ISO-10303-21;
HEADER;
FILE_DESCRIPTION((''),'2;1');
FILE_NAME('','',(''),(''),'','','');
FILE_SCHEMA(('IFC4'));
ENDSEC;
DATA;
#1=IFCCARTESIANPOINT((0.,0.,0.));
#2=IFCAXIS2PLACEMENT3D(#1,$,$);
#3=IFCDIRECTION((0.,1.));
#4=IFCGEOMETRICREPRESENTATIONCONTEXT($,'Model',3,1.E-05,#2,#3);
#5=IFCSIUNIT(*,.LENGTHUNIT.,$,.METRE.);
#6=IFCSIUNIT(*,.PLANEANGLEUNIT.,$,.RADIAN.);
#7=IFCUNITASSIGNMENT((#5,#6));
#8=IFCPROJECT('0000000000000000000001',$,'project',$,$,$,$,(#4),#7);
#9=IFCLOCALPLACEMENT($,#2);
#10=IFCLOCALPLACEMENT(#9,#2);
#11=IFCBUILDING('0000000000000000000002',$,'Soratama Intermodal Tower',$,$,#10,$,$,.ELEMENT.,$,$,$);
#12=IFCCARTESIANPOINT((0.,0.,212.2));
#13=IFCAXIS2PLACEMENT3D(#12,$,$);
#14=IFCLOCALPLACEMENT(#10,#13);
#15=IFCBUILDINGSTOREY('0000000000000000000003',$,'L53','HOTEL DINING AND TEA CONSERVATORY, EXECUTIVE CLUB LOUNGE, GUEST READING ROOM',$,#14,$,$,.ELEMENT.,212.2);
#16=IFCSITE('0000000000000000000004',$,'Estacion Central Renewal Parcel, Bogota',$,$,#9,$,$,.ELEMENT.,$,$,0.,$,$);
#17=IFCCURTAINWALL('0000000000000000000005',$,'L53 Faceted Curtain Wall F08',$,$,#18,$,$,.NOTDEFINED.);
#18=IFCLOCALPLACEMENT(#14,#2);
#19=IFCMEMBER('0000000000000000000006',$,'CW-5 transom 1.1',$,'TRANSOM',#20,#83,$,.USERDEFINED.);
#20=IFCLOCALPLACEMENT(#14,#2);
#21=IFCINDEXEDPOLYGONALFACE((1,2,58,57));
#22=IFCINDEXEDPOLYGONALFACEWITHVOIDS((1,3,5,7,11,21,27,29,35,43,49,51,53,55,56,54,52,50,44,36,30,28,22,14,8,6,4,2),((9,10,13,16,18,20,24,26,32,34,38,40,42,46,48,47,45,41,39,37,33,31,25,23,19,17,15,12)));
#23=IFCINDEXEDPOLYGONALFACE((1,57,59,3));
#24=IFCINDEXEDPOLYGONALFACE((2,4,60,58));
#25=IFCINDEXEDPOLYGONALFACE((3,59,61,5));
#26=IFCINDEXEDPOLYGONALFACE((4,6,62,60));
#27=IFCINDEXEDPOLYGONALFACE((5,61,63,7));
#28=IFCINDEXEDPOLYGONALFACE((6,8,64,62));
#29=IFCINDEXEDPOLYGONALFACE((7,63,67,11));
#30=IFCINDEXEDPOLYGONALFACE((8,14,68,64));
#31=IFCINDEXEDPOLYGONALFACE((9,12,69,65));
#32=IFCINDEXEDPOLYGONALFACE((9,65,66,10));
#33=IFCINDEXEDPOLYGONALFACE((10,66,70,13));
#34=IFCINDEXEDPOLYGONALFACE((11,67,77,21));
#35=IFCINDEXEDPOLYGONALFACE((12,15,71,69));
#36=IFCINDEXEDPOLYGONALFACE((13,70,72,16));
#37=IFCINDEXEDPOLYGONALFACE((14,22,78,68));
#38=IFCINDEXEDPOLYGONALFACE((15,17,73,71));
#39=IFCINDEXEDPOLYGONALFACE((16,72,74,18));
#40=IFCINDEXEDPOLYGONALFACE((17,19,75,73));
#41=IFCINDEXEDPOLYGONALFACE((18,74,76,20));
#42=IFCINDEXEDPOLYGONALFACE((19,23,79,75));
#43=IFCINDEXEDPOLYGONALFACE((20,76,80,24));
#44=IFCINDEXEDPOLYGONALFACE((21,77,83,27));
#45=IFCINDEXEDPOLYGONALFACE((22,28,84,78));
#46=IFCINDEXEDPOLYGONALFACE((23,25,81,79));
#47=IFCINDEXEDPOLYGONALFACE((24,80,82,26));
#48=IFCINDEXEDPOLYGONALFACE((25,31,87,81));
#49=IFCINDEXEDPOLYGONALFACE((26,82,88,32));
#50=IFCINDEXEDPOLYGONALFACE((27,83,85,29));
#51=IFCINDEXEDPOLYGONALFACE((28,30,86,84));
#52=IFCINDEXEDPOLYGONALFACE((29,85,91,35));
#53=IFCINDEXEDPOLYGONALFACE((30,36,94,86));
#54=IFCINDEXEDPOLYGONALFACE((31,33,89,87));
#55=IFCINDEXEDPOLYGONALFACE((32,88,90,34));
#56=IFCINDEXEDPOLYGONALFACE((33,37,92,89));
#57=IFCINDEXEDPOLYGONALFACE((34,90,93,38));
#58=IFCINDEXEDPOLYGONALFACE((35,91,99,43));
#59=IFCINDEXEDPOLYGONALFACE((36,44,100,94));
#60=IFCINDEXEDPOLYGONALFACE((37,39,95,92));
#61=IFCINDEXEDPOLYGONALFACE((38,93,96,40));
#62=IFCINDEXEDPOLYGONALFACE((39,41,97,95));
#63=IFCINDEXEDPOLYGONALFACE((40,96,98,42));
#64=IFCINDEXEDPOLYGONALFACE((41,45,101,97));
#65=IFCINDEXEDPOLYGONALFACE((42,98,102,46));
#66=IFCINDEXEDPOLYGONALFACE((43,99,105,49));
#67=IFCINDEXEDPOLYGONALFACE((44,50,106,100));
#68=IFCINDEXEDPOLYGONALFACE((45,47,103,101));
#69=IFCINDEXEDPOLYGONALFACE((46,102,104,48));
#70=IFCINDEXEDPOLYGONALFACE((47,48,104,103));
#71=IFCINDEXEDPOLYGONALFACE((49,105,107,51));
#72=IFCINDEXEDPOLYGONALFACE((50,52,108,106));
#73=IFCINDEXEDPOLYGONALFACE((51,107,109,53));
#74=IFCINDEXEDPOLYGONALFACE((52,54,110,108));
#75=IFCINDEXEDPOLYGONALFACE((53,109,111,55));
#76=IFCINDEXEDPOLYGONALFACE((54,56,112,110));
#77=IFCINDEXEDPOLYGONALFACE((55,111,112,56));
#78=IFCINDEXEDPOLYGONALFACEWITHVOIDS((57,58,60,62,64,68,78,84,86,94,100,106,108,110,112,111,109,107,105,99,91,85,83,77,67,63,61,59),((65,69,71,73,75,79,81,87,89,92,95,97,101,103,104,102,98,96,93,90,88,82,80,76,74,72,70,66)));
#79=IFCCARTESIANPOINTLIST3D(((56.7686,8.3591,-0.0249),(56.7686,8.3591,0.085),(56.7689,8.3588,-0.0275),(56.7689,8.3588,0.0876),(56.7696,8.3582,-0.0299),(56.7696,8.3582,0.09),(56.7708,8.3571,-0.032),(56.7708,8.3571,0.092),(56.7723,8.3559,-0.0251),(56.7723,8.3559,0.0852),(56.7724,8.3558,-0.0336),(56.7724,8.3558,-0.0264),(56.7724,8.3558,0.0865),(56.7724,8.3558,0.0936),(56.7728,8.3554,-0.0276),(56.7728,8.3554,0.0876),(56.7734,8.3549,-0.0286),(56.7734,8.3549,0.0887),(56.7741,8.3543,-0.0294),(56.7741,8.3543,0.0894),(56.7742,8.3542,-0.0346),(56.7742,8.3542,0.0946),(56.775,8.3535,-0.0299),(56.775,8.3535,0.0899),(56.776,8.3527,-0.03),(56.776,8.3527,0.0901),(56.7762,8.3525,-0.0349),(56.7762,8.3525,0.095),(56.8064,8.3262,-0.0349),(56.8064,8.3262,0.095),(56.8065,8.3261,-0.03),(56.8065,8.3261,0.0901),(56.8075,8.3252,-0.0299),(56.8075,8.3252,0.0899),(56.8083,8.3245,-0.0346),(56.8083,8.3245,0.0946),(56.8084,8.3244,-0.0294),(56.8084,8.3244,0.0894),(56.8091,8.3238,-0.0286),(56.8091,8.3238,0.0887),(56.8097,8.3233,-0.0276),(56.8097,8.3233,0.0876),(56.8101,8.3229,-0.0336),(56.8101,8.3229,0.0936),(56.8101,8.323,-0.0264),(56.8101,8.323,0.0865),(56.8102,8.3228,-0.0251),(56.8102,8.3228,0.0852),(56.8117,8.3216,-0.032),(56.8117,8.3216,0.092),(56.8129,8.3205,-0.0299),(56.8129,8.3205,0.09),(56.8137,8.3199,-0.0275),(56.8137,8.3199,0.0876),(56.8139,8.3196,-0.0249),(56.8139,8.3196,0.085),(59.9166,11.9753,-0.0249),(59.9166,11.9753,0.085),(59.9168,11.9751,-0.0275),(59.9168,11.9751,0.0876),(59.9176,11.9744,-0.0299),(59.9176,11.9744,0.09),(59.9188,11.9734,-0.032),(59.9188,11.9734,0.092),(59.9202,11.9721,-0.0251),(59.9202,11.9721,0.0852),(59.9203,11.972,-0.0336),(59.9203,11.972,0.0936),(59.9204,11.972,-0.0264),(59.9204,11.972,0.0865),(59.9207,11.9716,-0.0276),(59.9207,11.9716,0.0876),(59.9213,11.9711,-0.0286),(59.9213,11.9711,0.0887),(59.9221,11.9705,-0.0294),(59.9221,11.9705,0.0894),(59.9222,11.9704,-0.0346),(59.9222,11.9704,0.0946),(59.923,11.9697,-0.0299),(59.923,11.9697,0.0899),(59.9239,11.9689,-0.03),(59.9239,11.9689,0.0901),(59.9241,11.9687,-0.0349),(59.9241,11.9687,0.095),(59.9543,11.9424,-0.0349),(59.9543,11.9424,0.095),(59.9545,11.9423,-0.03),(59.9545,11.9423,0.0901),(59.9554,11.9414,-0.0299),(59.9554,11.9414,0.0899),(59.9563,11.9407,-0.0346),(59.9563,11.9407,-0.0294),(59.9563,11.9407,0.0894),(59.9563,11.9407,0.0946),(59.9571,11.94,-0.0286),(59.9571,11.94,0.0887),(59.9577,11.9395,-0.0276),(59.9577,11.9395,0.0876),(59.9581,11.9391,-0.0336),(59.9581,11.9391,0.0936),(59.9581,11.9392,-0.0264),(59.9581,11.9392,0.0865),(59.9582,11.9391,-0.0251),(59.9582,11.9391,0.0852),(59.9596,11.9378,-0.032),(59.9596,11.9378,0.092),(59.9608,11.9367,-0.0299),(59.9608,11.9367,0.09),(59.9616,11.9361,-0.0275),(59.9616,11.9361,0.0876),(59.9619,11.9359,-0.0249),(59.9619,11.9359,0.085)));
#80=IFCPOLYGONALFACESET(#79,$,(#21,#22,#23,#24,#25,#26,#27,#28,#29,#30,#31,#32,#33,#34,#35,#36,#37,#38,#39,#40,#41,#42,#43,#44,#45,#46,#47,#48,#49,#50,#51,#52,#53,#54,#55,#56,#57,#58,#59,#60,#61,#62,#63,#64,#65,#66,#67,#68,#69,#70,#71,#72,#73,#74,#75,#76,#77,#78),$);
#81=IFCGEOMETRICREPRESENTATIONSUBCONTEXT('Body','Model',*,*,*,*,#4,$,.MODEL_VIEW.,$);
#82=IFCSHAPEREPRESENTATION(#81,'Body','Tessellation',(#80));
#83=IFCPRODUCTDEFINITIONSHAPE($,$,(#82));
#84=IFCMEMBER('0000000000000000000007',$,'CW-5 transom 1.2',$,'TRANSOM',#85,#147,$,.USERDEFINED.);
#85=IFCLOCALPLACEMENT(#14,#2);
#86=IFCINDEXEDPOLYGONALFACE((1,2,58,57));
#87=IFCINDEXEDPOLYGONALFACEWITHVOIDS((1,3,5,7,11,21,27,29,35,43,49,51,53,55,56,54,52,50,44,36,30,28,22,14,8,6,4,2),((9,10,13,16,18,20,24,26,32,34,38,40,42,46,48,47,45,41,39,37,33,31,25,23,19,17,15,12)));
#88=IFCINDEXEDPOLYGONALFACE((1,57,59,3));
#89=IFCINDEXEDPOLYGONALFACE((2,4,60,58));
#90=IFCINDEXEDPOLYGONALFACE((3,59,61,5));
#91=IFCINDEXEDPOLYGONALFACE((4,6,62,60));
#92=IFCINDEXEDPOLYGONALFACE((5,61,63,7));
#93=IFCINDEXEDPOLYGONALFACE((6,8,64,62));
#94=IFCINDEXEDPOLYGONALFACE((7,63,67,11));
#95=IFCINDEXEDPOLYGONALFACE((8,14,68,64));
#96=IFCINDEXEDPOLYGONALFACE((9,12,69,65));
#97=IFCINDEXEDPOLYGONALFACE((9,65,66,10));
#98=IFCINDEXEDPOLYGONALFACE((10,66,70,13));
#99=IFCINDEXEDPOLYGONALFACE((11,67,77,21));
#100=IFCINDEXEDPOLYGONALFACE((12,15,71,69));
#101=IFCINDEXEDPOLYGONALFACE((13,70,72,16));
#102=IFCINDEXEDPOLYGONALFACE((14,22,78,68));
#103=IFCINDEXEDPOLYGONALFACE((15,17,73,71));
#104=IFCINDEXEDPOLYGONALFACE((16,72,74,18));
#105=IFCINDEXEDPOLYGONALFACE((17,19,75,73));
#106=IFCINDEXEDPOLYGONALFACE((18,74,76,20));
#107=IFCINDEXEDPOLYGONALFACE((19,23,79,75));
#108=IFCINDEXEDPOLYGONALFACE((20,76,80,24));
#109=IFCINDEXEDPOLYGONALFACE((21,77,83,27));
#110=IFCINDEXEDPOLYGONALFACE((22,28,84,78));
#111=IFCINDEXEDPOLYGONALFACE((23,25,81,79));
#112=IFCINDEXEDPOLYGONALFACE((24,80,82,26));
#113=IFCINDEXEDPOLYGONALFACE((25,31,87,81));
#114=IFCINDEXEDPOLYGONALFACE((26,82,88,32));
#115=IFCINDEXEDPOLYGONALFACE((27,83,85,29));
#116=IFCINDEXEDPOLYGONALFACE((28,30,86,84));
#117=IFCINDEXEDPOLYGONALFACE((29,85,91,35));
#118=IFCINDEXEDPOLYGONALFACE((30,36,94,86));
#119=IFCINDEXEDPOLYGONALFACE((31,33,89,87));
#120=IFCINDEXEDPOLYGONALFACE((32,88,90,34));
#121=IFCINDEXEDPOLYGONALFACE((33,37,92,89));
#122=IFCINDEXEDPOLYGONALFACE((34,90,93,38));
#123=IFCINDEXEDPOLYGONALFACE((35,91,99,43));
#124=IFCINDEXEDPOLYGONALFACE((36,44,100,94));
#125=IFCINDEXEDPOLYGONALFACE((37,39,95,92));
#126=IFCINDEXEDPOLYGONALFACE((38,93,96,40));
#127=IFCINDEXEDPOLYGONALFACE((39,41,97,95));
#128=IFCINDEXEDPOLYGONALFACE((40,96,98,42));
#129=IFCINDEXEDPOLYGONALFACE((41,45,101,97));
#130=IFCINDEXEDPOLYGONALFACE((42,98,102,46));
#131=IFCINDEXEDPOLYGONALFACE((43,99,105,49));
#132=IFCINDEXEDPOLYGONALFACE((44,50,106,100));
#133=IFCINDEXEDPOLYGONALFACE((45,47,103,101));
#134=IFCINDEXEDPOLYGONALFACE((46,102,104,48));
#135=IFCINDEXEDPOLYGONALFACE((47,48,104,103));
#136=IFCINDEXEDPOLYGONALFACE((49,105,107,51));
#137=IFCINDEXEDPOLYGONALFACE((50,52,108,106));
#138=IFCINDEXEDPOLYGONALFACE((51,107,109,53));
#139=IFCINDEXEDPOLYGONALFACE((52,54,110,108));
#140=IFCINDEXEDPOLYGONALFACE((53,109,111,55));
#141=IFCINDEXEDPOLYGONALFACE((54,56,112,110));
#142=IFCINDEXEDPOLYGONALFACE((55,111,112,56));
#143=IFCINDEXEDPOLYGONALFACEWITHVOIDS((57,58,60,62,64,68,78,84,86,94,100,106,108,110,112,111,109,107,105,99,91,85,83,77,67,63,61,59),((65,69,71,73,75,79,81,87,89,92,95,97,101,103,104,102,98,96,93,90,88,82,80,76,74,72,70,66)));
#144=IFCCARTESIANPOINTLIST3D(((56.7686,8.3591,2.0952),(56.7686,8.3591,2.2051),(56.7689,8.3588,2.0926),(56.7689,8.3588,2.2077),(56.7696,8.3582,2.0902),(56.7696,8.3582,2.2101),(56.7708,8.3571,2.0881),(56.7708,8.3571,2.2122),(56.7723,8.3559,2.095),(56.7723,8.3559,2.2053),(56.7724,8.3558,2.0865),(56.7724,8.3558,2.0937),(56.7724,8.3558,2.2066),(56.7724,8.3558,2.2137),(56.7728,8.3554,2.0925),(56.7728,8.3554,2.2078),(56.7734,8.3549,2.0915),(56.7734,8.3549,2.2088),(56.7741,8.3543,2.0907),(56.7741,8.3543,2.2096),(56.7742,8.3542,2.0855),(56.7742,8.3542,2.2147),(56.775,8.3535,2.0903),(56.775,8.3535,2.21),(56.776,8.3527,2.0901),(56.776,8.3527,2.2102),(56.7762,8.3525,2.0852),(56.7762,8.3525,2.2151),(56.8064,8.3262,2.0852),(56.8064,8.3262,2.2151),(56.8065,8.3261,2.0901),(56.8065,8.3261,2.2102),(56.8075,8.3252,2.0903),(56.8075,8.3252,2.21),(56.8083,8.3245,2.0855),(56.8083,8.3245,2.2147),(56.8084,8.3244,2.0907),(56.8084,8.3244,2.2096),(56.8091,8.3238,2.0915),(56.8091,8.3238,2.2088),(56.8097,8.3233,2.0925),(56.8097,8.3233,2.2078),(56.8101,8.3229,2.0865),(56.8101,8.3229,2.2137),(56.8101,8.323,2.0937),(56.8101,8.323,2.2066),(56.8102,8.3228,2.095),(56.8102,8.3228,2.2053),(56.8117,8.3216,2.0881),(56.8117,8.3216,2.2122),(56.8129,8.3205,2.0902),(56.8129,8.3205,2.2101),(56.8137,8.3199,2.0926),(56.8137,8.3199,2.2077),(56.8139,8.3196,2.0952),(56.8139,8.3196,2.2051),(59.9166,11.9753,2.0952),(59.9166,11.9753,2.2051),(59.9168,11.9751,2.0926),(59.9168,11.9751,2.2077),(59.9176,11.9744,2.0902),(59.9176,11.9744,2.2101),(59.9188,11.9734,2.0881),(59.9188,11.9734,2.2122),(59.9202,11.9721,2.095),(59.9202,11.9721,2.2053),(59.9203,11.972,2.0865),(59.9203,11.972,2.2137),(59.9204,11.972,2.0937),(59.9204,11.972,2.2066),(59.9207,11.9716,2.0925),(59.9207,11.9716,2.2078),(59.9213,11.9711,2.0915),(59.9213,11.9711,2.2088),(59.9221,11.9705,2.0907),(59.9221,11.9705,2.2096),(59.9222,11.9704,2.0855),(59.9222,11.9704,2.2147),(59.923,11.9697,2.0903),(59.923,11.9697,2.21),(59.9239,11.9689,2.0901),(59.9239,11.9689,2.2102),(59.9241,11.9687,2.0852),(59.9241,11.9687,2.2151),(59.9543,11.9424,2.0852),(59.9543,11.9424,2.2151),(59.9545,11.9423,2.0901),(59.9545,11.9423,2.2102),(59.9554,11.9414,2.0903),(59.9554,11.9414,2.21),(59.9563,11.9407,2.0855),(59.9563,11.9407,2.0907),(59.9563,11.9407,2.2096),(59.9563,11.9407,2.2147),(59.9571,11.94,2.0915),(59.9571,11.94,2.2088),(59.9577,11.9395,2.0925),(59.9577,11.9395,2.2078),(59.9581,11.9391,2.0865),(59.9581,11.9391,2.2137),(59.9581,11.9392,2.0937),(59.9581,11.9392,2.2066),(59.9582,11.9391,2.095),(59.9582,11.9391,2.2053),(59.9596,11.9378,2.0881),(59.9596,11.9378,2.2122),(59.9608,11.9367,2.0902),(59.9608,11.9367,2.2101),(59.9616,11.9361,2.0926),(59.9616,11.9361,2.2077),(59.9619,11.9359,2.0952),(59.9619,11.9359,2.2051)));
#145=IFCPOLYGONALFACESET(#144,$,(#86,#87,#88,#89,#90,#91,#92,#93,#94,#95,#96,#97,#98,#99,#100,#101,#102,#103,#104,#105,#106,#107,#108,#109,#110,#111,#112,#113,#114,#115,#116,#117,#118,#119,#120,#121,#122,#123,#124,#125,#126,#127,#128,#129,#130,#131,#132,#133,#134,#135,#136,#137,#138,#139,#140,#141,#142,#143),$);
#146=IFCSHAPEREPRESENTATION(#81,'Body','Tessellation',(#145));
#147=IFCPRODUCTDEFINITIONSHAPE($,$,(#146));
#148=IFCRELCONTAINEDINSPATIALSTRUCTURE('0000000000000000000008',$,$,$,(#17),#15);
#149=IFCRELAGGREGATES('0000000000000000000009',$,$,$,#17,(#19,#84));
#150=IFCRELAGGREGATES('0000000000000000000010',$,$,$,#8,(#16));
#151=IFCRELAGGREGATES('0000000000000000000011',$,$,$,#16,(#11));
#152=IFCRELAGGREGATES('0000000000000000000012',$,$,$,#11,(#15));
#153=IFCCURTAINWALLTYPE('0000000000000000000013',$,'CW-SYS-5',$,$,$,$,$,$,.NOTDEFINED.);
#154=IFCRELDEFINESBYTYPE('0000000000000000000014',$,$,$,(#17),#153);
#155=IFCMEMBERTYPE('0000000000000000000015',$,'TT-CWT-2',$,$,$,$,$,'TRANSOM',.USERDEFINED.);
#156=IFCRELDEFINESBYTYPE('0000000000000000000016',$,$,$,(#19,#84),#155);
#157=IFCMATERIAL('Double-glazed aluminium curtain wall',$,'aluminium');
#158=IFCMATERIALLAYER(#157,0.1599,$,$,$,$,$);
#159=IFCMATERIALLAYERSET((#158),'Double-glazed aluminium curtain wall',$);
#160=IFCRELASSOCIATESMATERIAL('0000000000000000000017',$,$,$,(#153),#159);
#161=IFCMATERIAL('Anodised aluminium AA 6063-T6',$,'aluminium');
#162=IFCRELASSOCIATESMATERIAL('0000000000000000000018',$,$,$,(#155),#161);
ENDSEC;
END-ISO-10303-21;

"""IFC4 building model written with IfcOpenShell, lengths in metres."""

from ifc_helpers import new_model, si_unit, direction, frame, origin, origin_2d, place, context, subcontext, project, spatial, hollow_rectangle, extrude, material, layer, layer_set, material_profile, profile_set, type_object, element, aggregate, save


model = new_model("IFC4")

# Units and contexts
model_context = context("Model", 3, precision=1e-05, world=origin(), true_north=direction((0.0, 1.0)))
body_context = subcontext(model_context, "Body", "Model", "MODEL_VIEW")
ifc_project = project(units=[si_unit("LENGTHUNIT", "METRE"), si_unit("PLANEANGLEUNIT", "RADIAN")], contexts=[model_context])

# Site, building, storey
site_placement = place(None, origin())
site = spatial("IfcSite", under=ifc_project, at=site_placement, Name="Estacion Central Renewal Parcel, Bogota", CompositionType="ELEMENT", RefElevation=0.0)
building_placement = place(site_placement, origin())
building = spatial("IfcBuilding", under=site, at=building_placement, Name="Soratama Intermodal Tower", CompositionType="ELEMENT")
storey_placement = place(building_placement, frame((0.0, 0.0, 212.2)))
storey = spatial("IfcBuildingStorey", under=building, at=storey_placement, Name="L53", Description="HOTEL DINING AND TEA CONSERVATORY, EXECUTIVE CLUB LOUNGE, GUEST READING ROOM", CompositionType="ELEMENT", Elevation=212.2)

# Curtain wall, members
ifc_material_1 = material(Name="Double-glazed aluminium curtain wall", Category="aluminium")
ifc_layer_1 = layer(ifc_material_1, 0.1599)
ifc_layer_set_1 = layer_set([ifc_layer_1], Name="Double-glazed aluminium curtain wall")
curtain_wall_type = type_object("IfcCurtainWallType", Name="CW-SYS-5", PredefinedType="NOTDEFINED", material=ifc_layer_set_1)
curtain_wall_placement = place(storey_placement, origin())
curtain_wall = element("IfcCurtainWall", 1, at=curtain_wall_placement, inside=storey, type_object=curtain_wall_type, Name="L53 Faceted Curtain Wall F08", PredefinedType="NOTDEFINED")
ifc_material_2 = material(Name="Anodised aluminium AA 6063-T6", Category="aluminium")
ifc_material_profile_1 = material_profile(ifc_material_2, hollow_rectangle(XDim=0.0601, YDim=0.1299, WallThickness=0.0049, InnerFilletRadius=0.0049, OuterFilletRadius=0.01, at=origin_2d()), Name="CWT130X60X5")
ifc_profile_set_1 = profile_set([ifc_material_profile_1], Name="Anodised aluminium AA 6063-T6")
member_type_1 = type_object("IfcMemberType", Name="TT-CWT-2", ElementType="TRANSOM", PredefinedType="USERDEFINED", material=ifc_profile_set_1)
member_1_placement = place(storey_placement, frame((56.7913, 8.3394, 0.03), z_axis=(0.656585, 0.754252, 0.0), x_axis=(-0.754252, 0.656585, 0.0)))
member_1 = element("IfcMember", 2, at=member_1_placement, type_object=member_type_1, Name="CW-5 transom 1.1", ObjectType="TRANSOM", PredefinedType="USERDEFINED", context=body_context, shape_type="SweptSolid", body=[
    extrude(hollow_rectangle(XDim=0.0601, YDim=0.1299, WallThickness=0.0049, InnerFilletRadius=0.0049, OuterFilletRadius=0.01, at=origin_2d()), origin(), (0.0, 0.0, 1.0), 4.7944),
])
member_2_placement = place(storey_placement, frame((56.7913, 8.3394, 2.1501), z_axis=(0.656585, 0.754252, 0.0), x_axis=(-0.754252, 0.656585, 0.0)))
member_2 = element("IfcMember", 3, at=member_2_placement, type_object=member_type_1, Name="CW-5 transom 1.2", ObjectType="TRANSOM", PredefinedType="USERDEFINED", context=body_context, shape_type="SweptSolid", body=[
    extrude(hollow_rectangle(XDim=0.0601, YDim=0.1299, WallThickness=0.0049, InnerFilletRadius=0.0049, OuterFilletRadius=0.01, at=origin_2d()), origin(), (0.0, 0.0, 1.0), 4.7944),
])
aggregate(curtain_wall, [member_1, member_2])

save(model, "model.ifc")
